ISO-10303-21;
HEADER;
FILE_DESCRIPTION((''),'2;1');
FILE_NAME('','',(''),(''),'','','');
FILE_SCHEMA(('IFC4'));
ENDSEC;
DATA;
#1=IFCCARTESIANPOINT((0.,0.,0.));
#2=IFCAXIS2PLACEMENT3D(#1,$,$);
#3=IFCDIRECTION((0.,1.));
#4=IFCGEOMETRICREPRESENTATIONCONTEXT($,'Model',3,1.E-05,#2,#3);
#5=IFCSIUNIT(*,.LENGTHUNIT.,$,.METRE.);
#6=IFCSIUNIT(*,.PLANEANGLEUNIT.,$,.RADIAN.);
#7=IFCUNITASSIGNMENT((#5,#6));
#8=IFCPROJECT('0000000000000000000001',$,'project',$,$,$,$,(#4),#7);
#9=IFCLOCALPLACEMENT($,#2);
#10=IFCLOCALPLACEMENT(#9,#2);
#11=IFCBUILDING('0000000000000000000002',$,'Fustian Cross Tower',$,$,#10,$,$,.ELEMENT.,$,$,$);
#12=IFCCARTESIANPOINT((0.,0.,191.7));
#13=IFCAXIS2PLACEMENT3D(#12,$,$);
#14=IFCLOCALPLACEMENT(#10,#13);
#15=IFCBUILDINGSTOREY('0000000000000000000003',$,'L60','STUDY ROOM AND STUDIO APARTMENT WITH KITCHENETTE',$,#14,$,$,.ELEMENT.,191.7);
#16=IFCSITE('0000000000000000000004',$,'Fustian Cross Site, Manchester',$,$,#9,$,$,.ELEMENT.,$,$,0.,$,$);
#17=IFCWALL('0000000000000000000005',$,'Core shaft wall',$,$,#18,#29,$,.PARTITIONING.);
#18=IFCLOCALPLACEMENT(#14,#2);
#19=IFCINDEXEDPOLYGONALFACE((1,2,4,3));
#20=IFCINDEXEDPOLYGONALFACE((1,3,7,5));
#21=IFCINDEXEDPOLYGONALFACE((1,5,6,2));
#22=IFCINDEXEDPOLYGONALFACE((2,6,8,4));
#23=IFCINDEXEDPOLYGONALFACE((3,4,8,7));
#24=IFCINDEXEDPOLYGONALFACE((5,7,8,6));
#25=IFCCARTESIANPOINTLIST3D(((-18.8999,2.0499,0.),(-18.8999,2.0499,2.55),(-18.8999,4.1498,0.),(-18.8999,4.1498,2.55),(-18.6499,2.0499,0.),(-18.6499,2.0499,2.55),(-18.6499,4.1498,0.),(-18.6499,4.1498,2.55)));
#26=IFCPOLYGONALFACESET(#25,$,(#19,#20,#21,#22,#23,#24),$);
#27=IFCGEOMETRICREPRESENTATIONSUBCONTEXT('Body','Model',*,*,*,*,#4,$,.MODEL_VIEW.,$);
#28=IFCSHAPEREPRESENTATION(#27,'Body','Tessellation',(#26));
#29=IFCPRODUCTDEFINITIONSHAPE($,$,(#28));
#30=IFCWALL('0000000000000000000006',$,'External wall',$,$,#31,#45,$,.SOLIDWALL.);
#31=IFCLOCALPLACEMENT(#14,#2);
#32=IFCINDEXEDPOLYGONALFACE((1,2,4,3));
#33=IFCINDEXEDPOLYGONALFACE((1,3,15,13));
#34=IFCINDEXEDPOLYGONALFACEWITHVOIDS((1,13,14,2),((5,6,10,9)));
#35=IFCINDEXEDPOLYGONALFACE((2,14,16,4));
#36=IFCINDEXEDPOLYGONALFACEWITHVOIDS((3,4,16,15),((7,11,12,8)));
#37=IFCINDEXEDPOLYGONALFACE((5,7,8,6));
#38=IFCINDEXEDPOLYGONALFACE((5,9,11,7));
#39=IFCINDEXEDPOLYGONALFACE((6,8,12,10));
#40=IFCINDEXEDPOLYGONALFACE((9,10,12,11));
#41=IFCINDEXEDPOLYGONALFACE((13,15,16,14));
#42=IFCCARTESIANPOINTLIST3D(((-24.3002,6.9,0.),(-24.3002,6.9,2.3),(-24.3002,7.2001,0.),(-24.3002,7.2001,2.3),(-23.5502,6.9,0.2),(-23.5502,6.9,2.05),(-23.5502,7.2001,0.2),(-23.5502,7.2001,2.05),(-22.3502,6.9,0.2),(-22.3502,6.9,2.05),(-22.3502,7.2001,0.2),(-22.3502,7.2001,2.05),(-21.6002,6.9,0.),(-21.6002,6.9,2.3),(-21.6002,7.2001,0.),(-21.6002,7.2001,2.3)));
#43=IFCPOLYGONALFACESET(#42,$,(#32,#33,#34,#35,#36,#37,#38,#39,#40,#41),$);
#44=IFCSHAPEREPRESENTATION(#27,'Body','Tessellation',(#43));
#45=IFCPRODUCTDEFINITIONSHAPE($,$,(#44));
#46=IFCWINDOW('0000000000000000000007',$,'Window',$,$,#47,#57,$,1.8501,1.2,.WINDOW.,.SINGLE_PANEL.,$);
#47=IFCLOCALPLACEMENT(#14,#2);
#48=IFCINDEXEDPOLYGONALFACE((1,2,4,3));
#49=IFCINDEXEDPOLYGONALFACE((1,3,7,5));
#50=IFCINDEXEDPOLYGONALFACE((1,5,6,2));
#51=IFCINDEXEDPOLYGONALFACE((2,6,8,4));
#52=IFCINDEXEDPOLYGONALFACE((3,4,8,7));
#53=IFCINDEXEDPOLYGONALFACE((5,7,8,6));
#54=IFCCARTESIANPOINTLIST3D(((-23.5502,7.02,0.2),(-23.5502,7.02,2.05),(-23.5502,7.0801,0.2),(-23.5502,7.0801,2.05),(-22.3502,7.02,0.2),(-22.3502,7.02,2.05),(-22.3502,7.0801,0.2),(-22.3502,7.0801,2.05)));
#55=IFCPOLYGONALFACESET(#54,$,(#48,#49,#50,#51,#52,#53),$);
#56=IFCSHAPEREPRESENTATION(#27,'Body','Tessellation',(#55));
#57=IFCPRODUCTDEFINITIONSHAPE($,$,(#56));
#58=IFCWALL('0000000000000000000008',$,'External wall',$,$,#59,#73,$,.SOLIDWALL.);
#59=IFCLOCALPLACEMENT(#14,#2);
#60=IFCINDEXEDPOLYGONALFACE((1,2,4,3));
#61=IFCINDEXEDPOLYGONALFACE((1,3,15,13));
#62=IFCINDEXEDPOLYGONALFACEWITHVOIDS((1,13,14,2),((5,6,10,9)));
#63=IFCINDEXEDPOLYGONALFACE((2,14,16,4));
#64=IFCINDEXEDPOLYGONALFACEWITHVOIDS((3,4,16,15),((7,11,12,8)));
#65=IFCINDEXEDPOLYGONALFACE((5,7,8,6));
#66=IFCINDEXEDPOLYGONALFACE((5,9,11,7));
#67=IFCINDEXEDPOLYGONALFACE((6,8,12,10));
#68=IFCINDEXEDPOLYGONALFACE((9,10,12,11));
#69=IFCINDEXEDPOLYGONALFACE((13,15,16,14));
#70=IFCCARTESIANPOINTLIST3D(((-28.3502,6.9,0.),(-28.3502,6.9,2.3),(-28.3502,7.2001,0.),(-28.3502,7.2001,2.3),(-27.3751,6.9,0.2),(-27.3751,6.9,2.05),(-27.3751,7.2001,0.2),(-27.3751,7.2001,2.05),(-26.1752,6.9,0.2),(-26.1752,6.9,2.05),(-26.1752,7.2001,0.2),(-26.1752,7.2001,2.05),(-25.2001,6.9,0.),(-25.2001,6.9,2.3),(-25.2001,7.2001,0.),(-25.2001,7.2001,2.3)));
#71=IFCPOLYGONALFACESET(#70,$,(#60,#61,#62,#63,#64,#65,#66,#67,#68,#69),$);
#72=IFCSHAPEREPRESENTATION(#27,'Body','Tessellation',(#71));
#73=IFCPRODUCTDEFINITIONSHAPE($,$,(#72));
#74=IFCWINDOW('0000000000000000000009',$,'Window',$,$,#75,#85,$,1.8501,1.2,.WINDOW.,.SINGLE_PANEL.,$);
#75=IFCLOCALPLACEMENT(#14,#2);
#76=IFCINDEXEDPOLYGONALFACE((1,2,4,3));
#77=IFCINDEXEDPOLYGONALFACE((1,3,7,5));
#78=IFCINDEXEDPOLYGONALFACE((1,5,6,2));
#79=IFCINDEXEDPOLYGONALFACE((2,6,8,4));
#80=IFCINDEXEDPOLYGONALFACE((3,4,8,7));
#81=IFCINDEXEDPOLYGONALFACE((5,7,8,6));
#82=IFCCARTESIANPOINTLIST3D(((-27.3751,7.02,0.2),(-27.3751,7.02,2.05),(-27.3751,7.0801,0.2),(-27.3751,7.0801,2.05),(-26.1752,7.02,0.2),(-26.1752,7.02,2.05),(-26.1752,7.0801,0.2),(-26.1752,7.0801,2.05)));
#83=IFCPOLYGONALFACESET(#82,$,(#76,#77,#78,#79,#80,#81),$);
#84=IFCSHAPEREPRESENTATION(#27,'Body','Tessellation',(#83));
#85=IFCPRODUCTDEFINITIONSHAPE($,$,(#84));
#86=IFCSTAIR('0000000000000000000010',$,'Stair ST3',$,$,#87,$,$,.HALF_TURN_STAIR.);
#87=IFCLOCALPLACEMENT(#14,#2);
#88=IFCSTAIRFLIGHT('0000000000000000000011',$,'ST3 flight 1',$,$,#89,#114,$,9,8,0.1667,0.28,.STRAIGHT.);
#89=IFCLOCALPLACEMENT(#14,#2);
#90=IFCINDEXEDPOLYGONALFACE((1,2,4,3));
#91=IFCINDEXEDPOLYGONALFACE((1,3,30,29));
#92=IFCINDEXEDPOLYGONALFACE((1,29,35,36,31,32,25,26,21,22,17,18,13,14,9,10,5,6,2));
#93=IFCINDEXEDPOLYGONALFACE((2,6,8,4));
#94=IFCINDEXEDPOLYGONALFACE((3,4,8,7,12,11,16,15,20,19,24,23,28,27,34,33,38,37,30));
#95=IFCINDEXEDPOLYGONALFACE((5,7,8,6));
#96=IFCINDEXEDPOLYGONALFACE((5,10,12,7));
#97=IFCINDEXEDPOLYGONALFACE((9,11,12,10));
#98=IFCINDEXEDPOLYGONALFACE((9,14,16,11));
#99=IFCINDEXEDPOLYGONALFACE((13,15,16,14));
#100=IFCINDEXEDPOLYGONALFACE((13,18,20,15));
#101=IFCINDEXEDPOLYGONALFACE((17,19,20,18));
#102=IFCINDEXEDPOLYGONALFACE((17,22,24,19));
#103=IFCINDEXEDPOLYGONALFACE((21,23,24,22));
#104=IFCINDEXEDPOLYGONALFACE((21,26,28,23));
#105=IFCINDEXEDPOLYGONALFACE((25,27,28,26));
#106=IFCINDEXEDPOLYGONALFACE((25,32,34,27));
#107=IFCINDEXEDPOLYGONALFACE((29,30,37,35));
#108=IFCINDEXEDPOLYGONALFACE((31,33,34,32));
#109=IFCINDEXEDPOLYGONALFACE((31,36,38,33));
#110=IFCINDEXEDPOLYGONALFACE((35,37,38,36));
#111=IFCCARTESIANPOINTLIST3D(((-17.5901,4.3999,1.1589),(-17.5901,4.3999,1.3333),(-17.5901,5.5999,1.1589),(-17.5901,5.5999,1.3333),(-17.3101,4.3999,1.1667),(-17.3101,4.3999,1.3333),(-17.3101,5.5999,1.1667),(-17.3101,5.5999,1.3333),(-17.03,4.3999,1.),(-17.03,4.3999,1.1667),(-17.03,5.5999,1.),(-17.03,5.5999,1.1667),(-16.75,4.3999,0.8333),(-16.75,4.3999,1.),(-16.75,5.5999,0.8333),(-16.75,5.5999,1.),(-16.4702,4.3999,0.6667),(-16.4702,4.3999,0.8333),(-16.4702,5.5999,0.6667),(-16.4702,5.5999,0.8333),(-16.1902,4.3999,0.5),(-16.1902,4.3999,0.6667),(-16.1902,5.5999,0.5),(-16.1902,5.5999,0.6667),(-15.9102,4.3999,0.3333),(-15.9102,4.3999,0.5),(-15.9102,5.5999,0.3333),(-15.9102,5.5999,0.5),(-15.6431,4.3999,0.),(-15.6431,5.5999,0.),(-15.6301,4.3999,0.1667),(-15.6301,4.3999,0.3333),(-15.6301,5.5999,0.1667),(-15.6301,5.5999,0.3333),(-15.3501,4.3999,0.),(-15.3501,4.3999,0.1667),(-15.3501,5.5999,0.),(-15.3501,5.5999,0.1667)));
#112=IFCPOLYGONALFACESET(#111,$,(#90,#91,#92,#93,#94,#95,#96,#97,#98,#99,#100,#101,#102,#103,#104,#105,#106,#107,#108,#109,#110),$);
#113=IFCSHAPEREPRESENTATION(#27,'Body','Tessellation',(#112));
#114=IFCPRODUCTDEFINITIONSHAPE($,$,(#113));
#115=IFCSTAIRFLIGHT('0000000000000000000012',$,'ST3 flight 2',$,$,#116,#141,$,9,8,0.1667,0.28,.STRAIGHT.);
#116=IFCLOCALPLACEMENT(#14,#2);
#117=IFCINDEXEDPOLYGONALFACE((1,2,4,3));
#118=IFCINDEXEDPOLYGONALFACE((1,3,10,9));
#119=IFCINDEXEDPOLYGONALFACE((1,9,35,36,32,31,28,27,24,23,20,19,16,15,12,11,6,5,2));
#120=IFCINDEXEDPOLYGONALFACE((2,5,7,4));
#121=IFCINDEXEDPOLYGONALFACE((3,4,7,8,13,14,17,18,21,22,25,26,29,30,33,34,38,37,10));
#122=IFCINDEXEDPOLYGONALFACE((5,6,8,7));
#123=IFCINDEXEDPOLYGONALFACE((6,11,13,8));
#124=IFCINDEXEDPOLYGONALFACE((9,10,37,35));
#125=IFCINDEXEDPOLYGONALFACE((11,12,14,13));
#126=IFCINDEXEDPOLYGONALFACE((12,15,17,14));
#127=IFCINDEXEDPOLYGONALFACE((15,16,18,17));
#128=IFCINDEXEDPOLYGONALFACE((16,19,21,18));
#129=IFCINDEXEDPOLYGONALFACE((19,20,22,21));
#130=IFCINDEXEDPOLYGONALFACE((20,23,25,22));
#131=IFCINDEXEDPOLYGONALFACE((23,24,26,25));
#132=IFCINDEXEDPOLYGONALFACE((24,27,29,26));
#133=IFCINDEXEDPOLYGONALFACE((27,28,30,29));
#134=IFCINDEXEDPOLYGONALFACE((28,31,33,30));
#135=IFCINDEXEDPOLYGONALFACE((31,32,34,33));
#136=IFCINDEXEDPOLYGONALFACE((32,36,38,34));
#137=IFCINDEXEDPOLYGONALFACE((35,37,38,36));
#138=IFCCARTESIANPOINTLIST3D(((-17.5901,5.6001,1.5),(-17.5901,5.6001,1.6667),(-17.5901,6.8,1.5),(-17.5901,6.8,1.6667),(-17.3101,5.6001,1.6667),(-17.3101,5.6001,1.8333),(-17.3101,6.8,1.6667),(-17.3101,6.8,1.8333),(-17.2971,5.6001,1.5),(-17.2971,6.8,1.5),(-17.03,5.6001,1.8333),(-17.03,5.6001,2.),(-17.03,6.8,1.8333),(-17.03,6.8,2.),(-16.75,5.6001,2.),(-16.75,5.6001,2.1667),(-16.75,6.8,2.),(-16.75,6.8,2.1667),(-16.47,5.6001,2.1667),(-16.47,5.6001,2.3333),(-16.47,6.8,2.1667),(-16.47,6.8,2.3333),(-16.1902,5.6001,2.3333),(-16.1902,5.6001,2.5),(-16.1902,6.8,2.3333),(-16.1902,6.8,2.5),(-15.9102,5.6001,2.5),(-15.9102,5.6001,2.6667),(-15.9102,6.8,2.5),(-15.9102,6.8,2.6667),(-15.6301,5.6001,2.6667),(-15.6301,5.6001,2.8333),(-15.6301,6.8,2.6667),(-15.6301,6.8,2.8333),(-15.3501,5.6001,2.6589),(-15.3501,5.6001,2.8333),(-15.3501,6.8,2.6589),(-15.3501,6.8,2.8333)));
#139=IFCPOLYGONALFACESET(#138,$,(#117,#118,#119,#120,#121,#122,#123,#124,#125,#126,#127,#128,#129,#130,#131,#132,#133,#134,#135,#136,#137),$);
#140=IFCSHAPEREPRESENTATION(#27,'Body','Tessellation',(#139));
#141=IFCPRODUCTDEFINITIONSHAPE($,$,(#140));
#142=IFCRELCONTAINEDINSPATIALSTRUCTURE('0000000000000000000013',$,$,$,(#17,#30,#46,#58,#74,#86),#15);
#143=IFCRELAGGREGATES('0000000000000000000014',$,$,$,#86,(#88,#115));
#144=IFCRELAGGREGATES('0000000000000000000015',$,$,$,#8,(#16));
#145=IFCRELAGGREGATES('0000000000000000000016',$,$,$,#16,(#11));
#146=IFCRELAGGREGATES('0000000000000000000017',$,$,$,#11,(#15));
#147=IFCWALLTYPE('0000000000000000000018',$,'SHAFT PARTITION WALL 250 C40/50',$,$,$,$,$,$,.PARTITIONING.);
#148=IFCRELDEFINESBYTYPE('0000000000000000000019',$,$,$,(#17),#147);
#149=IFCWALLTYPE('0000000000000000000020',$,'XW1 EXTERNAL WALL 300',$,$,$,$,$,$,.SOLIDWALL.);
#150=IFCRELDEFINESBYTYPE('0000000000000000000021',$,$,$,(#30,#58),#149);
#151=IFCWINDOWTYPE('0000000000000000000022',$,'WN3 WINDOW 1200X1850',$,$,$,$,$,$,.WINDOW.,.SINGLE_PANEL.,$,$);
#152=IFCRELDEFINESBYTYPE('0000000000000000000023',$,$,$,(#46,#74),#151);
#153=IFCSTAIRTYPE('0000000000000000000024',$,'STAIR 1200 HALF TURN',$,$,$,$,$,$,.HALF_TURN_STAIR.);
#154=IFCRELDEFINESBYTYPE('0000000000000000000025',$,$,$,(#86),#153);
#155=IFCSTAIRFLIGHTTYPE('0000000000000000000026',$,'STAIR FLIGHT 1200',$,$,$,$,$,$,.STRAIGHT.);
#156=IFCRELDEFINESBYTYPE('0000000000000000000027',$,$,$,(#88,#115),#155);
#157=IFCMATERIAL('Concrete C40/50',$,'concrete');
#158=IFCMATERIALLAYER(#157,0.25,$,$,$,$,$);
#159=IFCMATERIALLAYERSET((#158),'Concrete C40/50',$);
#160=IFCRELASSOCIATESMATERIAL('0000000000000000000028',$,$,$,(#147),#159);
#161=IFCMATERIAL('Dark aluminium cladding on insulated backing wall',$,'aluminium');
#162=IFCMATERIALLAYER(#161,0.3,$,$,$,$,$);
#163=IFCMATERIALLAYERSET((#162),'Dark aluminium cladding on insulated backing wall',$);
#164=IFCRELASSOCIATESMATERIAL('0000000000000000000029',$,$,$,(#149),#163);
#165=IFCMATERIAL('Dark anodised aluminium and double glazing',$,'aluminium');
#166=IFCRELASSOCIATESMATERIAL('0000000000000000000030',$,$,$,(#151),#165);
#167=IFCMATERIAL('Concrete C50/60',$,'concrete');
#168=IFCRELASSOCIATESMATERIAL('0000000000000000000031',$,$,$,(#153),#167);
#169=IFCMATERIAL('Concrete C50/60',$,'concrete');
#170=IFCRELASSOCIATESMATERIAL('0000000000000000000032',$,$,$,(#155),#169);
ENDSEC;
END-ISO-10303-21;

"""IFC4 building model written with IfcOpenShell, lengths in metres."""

from ifc_helpers import new_model, si_unit, direction, frame, frame_2d, origin, place, context, subcontext, project, spatial, polyline, rectangle, outline, extrude, material, layer, layer_set, type_object, element, fill, aggregate, save


model = new_model("IFC4")

# Units and contexts
model_context = context("Model", 3, precision=1e-05, world=origin(), true_north=direction((0.0, 1.0)))
body_context = subcontext(model_context, "Body", "Model", "MODEL_VIEW")
ifc_project = project(units=[si_unit("LENGTHUNIT", "METRE"), si_unit("PLANEANGLEUNIT", "RADIAN")], contexts=[model_context])

# Site, building, storey
site_placement = place(None, origin())
site = spatial("IfcSite", under=ifc_project, at=site_placement, Name="Fustian Cross Site, Manchester", CompositionType="ELEMENT", RefElevation=0.0)
building_placement = place(site_placement, origin())
building = spatial("IfcBuilding", under=site, at=building_placement, Name="Fustian Cross Tower", CompositionType="ELEMENT")
storey_placement = place(building_placement, frame((0.0, 0.0, 191.7)))
storey = spatial("IfcBuildingStorey", under=building, at=storey_placement, Name="L60", Description="STUDY ROOM AND STUDIO APARTMENT WITH KITCHENETTE", CompositionType="ELEMENT", Elevation=191.7)

# Wall
ifc_material_1 = material(Name="Concrete C40/50", Category="concrete")
ifc_layer_1 = layer(ifc_material_1, 0.25)
ifc_layer_set_1 = layer_set([ifc_layer_1], Name="Concrete C40/50")
wall_type_1 = type_object("IfcWallType", Name="SHAFT PARTITION WALL 250 C40/50", PredefinedType="PARTITIONING", material=ifc_layer_set_1)
wall_1_placement = place(storey_placement, frame((-18.7749, 2.05, 0.0), z_axis=(0.0, 0.0, 1.0), x_axis=(0.0, 1.0, 0.0)))
element("IfcWall", 1, at=wall_1_placement, inside=storey, type_object=wall_type_1, Name="Core shaft wall", PredefinedType="PARTITIONING", context=body_context, shape_type="SweptSolid", body=[
    extrude(rectangle(XDim=2.0999, YDim=0.25, at=frame_2d((1.0498, 0.0))), origin(), (0.0, 0.0, 1.0), 2.55),
])

# Walls, openings, windows
ifc_material_2 = material(Name="Dark aluminium cladding on insulated backing wall", Category="aluminium")
ifc_layer_2 = layer(ifc_material_2, 0.3)
ifc_layer_set_2 = layer_set([ifc_layer_2], Name="Dark aluminium cladding on insulated backing wall")
wall_type_2 = type_object("IfcWallType", Name="XW1 EXTERNAL WALL 300", PredefinedType="SOLIDWALL", material=ifc_layer_set_2)
wall_2_placement = place(storey_placement, frame((-21.6001, 7.05, 0.0), z_axis=(0.0, 0.0, 1.0), x_axis=(-1.0, 0.0, 0.0)))
wall_2 = element("IfcWall", 2, at=wall_2_placement, inside=storey, type_object=wall_type_2, Name="External wall", PredefinedType="SOLIDWALL", context=body_context, shape_type="SweptSolid", body=[
    extrude(rectangle(XDim=2.7, YDim=0.3, at=frame_2d((1.3501, 0.0))), origin(), (0.0, 0.0, 1.0), 2.3),
])
opening_1_placement = place(wall_2_placement, frame((0.75, 0.0, 0.2)))
opening_1 = element("IfcOpeningElement", 3, at=opening_1_placement, cuts=wall_2, PredefinedType="OPENING", context=body_context, shape_type="SweptSolid", body=[
    extrude(rectangle(XDim=1.2, YDim=1.8501, at=frame_2d((0.6001, 0.925))), frame((0.0, 0.1599, 0.0), z_axis=(0.0, -1.0, 0.0), x_axis=(1.0, 0.0, 0.0)), (0.0, 0.0, 1.0), 0.3201),
])
ifc_material_3 = material(Name="Dark anodised aluminium and double glazing", Category="aluminium")
window_type = type_object("IfcWindowType", Name="WN3 WINDOW 1200X1850", PartitioningType="SINGLE_PANEL", PredefinedType="WINDOW", material=ifc_material_3)
window_1_placement = place(opening_1_placement, origin())
window_1 = element("IfcWindow", 4, at=window_1_placement, inside=storey, type_object=window_type, Name="Window", OverallHeight=1.8501, OverallWidth=1.2, PartitioningType="SINGLE_PANEL", PredefinedType="WINDOW", context=body_context, shape_type="SweptSolid", body=[
    extrude(rectangle(XDim=1.2, YDim=1.8501, at=frame_2d((0.6001, 0.925))), frame((0.0, 0.03, 0.0), z_axis=(0.0, -1.0, 0.0), x_axis=(1.0, 0.0, 0.0)), (0.0, 0.0, 1.0), 0.0601),
])
fill(opening_1, window_1)
wall_3_placement = place(storey_placement, frame((-25.2, 7.05, 0.0), z_axis=(0.0, 0.0, 1.0), x_axis=(-1.0, 0.0, 0.0)))
wall_3 = element("IfcWall", 5, at=wall_3_placement, inside=storey, type_object=wall_type_2, Name="External wall", PredefinedType="SOLIDWALL", context=body_context, shape_type="SweptSolid", body=[
    extrude(rectangle(XDim=3.1501, YDim=0.3, at=frame_2d((1.5752, 0.0))), origin(), (0.0, 0.0, 1.0), 2.3),
])
opening_2_placement = place(wall_3_placement, frame((0.9751, 0.0, 0.2)))
opening_2 = element("IfcOpeningElement", 6, at=opening_2_placement, cuts=wall_3, PredefinedType="OPENING", context=body_context, shape_type="SweptSolid", body=[
    extrude(rectangle(XDim=1.2, YDim=1.8501, at=frame_2d((0.6001, 0.925))), frame((0.0, 0.1599, 0.0), z_axis=(0.0, -1.0, 0.0), x_axis=(1.0, 0.0, 0.0)), (0.0, 0.0, 1.0), 0.3201),
])
window_2_placement = place(opening_2_placement, origin())
window_2 = element("IfcWindow", 7, at=window_2_placement, inside=storey, type_object=window_type, Name="Window", OverallHeight=1.8501, OverallWidth=1.2, PartitioningType="SINGLE_PANEL", PredefinedType="WINDOW", context=body_context, shape_type="SweptSolid", body=[
    extrude(rectangle(XDim=1.2, YDim=1.8501, at=frame_2d((0.6001, 0.925))), frame((0.0, 0.03, 0.0), z_axis=(0.0, -1.0, 0.0), x_axis=(1.0, 0.0, 0.0)), (0.0, 0.0, 1.0), 0.0601),
])
fill(opening_2, window_2)

# Stair, stair flights
ifc_material_4 = material(Name="Concrete C50/60", Category="concrete")
stair_type = type_object("IfcStairType", Name="STAIR 1200 HALF TURN", PredefinedType="HALF_TURN_STAIR", material=ifc_material_4)
stair_placement = place(storey_placement, origin())
stair = element("IfcStair", 8, at=stair_placement, inside=storey, type_object=stair_type, Name="Stair ST3", PredefinedType="HALF_TURN_STAIR")
ifc_material_5 = material(Name="Concrete C50/60", Category="concrete")
stair_flight_type = type_object("IfcStairFlightType", Name="STAIR FLIGHT 1200", PredefinedType="STRAIGHT", material=ifc_material_5)
stair_flight_1_placement = place(storey_placement, frame((-15.3501, 5.0, 0.0), z_axis=(0.0, 0.0, 1.0), x_axis=(-1.0, 0.0, 0.0)))
stair_flight_1 = element("IfcStairFlight", 9, at=stair_flight_1_placement, type_object=stair_flight_type, Name="ST3 flight 1", NumberOfRisers=9, NumberOfTreads=8, PredefinedType="STRAIGHT", RiserHeight=0.1667, TreadLength=0.28, context=body_context, shape_type="SweptSolid", body=[
    extrude(outline(polyline([(0.0, 0.0), (0.0, 0.1667), (0.28, 0.1667), (0.28, 0.3333), (0.5601, 0.3333), (0.5601, 0.5), (0.8401, 0.5), (0.8401, 0.6667), (1.1201, 0.6667), (1.1201, 0.8333), (1.3999, 0.8333), (1.3999, 1.0), (1.6799, 1.0), (1.6799, 1.1667), (1.96, 1.1667), (1.96, 1.3333), (2.24, 1.3333), (2.24, 1.5), (2.24, 1.1589), (0.293, 0.0), (0.0, 0.0)])), frame((0.0, 0.6001, 0.0), z_axis=(0.0, -1.0, 0.0), x_axis=(1.0, 0.0, 0.0)), (0.0, 0.0, 1.0), 1.2),
])
stair_flight_2_placement = place(storey_placement, frame((-17.5901, 6.2, 1.5), z_axis=(0.0, 0.0, 1.0), x_axis=(1.0, 0.0, 0.0)))
stair_flight_2 = element("IfcStairFlight", 10, at=stair_flight_2_placement, type_object=stair_flight_type, Name="ST3 flight 2", NumberOfRisers=9, NumberOfTreads=8, PredefinedType="STRAIGHT", RiserHeight=0.1667, TreadLength=0.28, context=body_context, shape_type="SweptSolid", body=[
    extrude(outline(polyline([(0.0, 0.0), (0.0, 0.1667), (0.28, 0.1667), (0.28, 0.3333), (0.5601, 0.3333), (0.5601, 0.5), (0.8401, 0.5), (0.8401, 0.6667), (1.1201, 0.6667), (1.1201, 0.8333), (1.3999, 0.8333), (1.3999, 1.0), (1.6799, 1.0), (1.6799, 1.1667), (1.96, 1.1667), (1.96, 1.3333), (2.24, 1.3333), (2.24, 1.5), (2.24, 1.1589), (0.293, 0.0), (0.0, 0.0)])), frame((0.0, 0.6001, 0.0), z_axis=(0.0, -1.0, 0.0), x_axis=(1.0, 0.0, 0.0)), (0.0, 0.0, 1.0), 1.2),
])
aggregate(stair, [stair_flight_1, stair_flight_2])

save(model, "model.ifc")
